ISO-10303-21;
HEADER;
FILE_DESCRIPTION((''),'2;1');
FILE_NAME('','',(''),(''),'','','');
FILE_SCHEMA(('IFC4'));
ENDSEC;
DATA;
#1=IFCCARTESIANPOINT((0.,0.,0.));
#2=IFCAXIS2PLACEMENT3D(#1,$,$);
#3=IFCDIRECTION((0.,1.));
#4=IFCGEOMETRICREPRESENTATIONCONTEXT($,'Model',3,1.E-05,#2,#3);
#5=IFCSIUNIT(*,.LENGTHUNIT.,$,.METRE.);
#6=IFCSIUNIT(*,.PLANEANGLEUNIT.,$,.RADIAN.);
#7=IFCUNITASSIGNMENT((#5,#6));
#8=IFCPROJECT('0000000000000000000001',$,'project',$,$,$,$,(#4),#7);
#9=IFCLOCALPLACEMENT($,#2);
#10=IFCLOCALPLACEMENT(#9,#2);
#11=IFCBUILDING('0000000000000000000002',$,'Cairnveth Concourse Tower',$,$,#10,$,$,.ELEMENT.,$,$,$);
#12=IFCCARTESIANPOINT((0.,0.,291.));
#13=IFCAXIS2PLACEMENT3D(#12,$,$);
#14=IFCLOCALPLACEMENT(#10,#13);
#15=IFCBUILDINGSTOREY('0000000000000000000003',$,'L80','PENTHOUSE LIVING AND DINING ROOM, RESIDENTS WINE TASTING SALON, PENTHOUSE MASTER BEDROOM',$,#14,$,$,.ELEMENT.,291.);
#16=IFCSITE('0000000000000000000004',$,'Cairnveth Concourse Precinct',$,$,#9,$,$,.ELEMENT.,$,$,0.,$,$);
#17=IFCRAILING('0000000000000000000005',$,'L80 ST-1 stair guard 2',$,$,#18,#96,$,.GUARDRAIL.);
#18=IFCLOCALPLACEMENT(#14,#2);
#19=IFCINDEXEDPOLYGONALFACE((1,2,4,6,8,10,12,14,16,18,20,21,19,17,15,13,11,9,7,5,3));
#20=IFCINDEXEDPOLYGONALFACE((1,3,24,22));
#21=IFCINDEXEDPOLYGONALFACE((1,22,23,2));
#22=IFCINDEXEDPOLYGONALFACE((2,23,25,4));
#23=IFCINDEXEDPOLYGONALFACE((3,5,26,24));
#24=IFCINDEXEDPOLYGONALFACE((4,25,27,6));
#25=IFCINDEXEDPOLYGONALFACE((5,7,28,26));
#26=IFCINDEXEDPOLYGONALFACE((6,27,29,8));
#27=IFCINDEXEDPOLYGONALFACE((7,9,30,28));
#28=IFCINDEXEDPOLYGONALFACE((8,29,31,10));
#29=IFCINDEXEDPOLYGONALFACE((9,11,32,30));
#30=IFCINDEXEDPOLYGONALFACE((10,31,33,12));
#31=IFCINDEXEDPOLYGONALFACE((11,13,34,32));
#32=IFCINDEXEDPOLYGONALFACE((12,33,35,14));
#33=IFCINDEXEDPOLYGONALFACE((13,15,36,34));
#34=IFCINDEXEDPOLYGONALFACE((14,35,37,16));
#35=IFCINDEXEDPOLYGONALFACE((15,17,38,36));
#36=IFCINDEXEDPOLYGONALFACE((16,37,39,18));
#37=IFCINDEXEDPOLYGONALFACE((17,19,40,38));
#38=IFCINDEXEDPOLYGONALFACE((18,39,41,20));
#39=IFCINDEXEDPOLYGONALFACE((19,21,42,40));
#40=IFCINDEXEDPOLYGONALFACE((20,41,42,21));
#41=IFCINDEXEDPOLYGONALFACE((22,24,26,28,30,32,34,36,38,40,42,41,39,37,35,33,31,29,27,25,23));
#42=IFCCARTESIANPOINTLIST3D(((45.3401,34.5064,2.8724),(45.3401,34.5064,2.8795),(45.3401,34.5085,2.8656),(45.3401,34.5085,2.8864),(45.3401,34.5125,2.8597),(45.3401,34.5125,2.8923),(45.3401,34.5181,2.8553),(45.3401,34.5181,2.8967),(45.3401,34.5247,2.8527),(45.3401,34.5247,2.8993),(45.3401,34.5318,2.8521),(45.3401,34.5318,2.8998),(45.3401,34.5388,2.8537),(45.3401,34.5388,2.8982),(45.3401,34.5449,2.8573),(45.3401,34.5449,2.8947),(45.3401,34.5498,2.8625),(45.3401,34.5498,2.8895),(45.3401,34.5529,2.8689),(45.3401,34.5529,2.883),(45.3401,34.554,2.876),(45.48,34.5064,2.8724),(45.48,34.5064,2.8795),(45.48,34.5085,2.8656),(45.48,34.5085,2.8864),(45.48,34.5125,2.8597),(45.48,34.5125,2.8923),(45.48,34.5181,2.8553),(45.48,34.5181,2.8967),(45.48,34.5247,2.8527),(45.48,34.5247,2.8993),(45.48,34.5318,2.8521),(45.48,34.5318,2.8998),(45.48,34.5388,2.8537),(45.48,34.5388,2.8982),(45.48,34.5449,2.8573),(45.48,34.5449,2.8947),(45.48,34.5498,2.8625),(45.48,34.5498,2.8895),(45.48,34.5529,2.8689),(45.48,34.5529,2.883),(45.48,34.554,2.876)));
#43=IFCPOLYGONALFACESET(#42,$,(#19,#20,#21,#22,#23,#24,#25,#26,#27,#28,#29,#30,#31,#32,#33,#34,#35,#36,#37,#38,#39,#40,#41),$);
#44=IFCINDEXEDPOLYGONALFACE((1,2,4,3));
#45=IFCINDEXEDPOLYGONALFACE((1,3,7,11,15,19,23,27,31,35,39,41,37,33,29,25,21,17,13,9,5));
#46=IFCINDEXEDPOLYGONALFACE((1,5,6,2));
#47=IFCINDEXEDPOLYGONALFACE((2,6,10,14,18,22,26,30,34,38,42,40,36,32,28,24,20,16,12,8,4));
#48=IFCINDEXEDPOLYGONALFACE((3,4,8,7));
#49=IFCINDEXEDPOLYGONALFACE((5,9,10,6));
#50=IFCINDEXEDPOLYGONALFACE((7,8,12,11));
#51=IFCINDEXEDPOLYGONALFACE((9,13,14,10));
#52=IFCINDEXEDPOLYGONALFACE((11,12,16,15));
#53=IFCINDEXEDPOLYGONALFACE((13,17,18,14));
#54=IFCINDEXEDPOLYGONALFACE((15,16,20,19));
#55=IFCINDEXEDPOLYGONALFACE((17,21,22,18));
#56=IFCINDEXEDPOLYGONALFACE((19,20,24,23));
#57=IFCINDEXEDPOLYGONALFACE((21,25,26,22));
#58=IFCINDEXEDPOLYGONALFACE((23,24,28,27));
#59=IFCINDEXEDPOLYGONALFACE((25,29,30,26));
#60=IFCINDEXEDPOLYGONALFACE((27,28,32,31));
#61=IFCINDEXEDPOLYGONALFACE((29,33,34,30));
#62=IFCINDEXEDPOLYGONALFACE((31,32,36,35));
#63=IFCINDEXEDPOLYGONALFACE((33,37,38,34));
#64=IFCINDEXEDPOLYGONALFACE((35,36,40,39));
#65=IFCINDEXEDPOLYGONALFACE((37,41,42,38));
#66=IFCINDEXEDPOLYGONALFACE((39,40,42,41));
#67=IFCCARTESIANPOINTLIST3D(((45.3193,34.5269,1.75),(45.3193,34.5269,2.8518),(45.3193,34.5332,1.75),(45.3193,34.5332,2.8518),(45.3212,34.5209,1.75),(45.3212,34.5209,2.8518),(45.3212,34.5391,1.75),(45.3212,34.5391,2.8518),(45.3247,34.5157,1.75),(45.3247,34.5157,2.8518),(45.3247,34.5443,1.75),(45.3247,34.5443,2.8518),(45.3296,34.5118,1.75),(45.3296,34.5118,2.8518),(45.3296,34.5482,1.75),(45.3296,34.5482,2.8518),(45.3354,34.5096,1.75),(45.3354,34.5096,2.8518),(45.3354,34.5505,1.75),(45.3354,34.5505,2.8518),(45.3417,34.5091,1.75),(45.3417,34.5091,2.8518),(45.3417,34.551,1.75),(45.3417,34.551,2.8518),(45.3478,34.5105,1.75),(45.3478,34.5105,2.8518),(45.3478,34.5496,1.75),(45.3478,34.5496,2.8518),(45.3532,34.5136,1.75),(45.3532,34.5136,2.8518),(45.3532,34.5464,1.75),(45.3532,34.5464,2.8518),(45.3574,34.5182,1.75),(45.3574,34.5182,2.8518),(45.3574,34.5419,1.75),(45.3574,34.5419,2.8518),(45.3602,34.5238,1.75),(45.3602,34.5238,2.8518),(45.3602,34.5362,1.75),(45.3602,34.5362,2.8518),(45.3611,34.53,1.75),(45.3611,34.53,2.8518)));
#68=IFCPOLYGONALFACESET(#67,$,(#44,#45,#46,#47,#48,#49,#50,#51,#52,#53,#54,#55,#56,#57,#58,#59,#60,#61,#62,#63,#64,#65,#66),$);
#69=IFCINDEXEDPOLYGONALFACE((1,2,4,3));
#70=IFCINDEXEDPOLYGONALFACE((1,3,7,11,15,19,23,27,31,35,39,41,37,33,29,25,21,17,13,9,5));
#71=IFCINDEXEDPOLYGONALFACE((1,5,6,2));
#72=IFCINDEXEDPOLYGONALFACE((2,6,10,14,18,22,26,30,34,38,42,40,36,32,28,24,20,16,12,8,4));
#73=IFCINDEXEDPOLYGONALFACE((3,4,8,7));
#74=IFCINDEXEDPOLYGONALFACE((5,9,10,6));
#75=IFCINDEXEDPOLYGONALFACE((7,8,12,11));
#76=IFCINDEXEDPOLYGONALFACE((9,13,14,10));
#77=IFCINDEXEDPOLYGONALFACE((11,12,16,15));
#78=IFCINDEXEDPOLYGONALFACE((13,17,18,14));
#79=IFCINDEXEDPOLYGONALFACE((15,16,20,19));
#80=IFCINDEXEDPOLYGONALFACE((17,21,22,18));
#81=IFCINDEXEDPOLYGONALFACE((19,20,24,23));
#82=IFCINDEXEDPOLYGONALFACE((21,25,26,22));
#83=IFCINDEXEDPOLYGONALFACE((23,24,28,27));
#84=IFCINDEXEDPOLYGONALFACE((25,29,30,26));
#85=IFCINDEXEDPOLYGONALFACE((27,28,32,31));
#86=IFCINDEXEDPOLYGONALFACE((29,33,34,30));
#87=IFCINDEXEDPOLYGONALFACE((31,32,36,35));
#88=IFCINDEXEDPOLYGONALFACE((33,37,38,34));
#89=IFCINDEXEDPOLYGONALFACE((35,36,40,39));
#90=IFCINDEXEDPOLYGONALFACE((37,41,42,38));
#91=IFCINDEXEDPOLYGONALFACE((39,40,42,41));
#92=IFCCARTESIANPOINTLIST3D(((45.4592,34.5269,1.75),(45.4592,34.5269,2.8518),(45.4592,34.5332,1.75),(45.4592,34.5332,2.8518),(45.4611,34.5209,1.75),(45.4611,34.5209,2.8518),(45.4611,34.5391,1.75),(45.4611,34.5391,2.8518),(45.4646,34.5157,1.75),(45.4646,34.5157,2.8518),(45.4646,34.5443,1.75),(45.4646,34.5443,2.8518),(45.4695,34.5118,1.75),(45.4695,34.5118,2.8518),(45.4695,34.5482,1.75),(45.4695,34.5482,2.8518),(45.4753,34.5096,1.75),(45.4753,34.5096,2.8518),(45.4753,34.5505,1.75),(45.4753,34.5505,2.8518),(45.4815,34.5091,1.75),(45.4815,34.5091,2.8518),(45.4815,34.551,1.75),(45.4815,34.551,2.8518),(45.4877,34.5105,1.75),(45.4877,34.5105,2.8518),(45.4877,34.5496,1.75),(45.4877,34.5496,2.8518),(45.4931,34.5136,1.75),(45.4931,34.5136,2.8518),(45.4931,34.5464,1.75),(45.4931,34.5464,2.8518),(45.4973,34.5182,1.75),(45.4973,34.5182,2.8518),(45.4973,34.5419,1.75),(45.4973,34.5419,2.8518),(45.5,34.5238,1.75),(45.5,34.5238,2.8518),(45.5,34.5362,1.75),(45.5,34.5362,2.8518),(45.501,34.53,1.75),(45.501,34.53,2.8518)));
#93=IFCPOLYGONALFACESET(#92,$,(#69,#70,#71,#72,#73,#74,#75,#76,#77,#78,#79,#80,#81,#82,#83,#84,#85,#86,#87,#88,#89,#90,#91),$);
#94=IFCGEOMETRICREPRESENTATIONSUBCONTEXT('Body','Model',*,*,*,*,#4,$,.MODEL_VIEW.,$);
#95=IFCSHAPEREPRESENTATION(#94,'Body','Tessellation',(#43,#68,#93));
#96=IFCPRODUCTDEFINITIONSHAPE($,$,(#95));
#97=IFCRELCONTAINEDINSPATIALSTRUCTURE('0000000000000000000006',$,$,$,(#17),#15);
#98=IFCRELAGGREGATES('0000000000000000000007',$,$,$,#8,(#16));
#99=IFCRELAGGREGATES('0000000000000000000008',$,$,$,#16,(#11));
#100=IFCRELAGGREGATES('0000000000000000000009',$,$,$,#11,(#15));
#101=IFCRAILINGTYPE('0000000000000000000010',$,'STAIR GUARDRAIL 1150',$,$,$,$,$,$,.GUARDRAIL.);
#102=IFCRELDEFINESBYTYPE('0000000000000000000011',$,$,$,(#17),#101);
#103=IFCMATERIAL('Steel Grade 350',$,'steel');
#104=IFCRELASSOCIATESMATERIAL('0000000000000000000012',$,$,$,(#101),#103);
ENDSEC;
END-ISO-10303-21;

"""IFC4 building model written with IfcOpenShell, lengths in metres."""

from ifc_helpers import new_model, si_unit, direction, frame, origin, origin_2d, place, context, subcontext, project, spatial, circle, extrude, material, type_object, element, save


model = new_model("IFC4")

# Units and contexts
model_context = context("Model", 3, precision=1e-05, world=origin(), true_north=direction((0.0, 1.0)))
body_context = subcontext(model_context, "Body", "Model", "MODEL_VIEW")
ifc_project = project(units=[si_unit("LENGTHUNIT", "METRE"), si_unit("PLANEANGLEUNIT", "RADIAN")], contexts=[model_context])

# Site, building, storey
site_placement = place(None, origin())
site = spatial("IfcSite", under=ifc_project, at=site_placement, Name="Cairnveth Concourse Precinct", CompositionType="ELEMENT", RefElevation=0.0)
building_placement = place(site_placement, origin())
building = spatial("IfcBuilding", under=site, at=building_placement, Name="Cairnveth Concourse Tower", CompositionType="ELEMENT")
storey_placement = place(building_placement, frame((0.0, 0.0, 291.0)))
storey = spatial("IfcBuildingStorey", under=building, at=storey_placement, Name="L80", Description="PENTHOUSE LIVING AND DINING ROOM, RESIDENTS WINE TASTING SALON, PENTHOUSE MASTER BEDROOM", CompositionType="ELEMENT", Elevation=291.0)

# Shared definitions
ifc_material_1 = material(Name="Steel Grade 350", Category="steel")

# Railing
railing_type_1 = type_object("IfcRailingType", Name="STAIR GUARDRAIL 1150", PredefinedType="GUARDRAIL", material=ifc_material_1)
railing_1_placement = place(storey_placement, frame((45.3401, 34.53, 1.75)))
element("IfcRailing", 1, at=railing_1_placement, inside=storey, type_object=railing_type_1, Name="L80 ST-1 stair guard 2", PredefinedType="GUARDRAIL", context=body_context, shape_type="SweptSolid", body=[
    extrude(circle(Radius=0.0239, at=origin_2d()), frame((0.0, 0.0, 1.126), z_axis=(1.0, 0.0, 0.0), x_axis=(0.0, 1.0, 0.0)), (0.0, 0.0, 1.0), 0.1399),
    extrude(circle(Radius=0.021, at=origin_2d()), origin(), (0.0, 0.0, 1.0), 1.1018),
    extrude(circle(Radius=0.021, at=origin_2d()), frame((0.1399, 0.0, 0.0)), (0.0, 0.0, 1.0), 1.1018),
])

save(model, "model.ifc")
